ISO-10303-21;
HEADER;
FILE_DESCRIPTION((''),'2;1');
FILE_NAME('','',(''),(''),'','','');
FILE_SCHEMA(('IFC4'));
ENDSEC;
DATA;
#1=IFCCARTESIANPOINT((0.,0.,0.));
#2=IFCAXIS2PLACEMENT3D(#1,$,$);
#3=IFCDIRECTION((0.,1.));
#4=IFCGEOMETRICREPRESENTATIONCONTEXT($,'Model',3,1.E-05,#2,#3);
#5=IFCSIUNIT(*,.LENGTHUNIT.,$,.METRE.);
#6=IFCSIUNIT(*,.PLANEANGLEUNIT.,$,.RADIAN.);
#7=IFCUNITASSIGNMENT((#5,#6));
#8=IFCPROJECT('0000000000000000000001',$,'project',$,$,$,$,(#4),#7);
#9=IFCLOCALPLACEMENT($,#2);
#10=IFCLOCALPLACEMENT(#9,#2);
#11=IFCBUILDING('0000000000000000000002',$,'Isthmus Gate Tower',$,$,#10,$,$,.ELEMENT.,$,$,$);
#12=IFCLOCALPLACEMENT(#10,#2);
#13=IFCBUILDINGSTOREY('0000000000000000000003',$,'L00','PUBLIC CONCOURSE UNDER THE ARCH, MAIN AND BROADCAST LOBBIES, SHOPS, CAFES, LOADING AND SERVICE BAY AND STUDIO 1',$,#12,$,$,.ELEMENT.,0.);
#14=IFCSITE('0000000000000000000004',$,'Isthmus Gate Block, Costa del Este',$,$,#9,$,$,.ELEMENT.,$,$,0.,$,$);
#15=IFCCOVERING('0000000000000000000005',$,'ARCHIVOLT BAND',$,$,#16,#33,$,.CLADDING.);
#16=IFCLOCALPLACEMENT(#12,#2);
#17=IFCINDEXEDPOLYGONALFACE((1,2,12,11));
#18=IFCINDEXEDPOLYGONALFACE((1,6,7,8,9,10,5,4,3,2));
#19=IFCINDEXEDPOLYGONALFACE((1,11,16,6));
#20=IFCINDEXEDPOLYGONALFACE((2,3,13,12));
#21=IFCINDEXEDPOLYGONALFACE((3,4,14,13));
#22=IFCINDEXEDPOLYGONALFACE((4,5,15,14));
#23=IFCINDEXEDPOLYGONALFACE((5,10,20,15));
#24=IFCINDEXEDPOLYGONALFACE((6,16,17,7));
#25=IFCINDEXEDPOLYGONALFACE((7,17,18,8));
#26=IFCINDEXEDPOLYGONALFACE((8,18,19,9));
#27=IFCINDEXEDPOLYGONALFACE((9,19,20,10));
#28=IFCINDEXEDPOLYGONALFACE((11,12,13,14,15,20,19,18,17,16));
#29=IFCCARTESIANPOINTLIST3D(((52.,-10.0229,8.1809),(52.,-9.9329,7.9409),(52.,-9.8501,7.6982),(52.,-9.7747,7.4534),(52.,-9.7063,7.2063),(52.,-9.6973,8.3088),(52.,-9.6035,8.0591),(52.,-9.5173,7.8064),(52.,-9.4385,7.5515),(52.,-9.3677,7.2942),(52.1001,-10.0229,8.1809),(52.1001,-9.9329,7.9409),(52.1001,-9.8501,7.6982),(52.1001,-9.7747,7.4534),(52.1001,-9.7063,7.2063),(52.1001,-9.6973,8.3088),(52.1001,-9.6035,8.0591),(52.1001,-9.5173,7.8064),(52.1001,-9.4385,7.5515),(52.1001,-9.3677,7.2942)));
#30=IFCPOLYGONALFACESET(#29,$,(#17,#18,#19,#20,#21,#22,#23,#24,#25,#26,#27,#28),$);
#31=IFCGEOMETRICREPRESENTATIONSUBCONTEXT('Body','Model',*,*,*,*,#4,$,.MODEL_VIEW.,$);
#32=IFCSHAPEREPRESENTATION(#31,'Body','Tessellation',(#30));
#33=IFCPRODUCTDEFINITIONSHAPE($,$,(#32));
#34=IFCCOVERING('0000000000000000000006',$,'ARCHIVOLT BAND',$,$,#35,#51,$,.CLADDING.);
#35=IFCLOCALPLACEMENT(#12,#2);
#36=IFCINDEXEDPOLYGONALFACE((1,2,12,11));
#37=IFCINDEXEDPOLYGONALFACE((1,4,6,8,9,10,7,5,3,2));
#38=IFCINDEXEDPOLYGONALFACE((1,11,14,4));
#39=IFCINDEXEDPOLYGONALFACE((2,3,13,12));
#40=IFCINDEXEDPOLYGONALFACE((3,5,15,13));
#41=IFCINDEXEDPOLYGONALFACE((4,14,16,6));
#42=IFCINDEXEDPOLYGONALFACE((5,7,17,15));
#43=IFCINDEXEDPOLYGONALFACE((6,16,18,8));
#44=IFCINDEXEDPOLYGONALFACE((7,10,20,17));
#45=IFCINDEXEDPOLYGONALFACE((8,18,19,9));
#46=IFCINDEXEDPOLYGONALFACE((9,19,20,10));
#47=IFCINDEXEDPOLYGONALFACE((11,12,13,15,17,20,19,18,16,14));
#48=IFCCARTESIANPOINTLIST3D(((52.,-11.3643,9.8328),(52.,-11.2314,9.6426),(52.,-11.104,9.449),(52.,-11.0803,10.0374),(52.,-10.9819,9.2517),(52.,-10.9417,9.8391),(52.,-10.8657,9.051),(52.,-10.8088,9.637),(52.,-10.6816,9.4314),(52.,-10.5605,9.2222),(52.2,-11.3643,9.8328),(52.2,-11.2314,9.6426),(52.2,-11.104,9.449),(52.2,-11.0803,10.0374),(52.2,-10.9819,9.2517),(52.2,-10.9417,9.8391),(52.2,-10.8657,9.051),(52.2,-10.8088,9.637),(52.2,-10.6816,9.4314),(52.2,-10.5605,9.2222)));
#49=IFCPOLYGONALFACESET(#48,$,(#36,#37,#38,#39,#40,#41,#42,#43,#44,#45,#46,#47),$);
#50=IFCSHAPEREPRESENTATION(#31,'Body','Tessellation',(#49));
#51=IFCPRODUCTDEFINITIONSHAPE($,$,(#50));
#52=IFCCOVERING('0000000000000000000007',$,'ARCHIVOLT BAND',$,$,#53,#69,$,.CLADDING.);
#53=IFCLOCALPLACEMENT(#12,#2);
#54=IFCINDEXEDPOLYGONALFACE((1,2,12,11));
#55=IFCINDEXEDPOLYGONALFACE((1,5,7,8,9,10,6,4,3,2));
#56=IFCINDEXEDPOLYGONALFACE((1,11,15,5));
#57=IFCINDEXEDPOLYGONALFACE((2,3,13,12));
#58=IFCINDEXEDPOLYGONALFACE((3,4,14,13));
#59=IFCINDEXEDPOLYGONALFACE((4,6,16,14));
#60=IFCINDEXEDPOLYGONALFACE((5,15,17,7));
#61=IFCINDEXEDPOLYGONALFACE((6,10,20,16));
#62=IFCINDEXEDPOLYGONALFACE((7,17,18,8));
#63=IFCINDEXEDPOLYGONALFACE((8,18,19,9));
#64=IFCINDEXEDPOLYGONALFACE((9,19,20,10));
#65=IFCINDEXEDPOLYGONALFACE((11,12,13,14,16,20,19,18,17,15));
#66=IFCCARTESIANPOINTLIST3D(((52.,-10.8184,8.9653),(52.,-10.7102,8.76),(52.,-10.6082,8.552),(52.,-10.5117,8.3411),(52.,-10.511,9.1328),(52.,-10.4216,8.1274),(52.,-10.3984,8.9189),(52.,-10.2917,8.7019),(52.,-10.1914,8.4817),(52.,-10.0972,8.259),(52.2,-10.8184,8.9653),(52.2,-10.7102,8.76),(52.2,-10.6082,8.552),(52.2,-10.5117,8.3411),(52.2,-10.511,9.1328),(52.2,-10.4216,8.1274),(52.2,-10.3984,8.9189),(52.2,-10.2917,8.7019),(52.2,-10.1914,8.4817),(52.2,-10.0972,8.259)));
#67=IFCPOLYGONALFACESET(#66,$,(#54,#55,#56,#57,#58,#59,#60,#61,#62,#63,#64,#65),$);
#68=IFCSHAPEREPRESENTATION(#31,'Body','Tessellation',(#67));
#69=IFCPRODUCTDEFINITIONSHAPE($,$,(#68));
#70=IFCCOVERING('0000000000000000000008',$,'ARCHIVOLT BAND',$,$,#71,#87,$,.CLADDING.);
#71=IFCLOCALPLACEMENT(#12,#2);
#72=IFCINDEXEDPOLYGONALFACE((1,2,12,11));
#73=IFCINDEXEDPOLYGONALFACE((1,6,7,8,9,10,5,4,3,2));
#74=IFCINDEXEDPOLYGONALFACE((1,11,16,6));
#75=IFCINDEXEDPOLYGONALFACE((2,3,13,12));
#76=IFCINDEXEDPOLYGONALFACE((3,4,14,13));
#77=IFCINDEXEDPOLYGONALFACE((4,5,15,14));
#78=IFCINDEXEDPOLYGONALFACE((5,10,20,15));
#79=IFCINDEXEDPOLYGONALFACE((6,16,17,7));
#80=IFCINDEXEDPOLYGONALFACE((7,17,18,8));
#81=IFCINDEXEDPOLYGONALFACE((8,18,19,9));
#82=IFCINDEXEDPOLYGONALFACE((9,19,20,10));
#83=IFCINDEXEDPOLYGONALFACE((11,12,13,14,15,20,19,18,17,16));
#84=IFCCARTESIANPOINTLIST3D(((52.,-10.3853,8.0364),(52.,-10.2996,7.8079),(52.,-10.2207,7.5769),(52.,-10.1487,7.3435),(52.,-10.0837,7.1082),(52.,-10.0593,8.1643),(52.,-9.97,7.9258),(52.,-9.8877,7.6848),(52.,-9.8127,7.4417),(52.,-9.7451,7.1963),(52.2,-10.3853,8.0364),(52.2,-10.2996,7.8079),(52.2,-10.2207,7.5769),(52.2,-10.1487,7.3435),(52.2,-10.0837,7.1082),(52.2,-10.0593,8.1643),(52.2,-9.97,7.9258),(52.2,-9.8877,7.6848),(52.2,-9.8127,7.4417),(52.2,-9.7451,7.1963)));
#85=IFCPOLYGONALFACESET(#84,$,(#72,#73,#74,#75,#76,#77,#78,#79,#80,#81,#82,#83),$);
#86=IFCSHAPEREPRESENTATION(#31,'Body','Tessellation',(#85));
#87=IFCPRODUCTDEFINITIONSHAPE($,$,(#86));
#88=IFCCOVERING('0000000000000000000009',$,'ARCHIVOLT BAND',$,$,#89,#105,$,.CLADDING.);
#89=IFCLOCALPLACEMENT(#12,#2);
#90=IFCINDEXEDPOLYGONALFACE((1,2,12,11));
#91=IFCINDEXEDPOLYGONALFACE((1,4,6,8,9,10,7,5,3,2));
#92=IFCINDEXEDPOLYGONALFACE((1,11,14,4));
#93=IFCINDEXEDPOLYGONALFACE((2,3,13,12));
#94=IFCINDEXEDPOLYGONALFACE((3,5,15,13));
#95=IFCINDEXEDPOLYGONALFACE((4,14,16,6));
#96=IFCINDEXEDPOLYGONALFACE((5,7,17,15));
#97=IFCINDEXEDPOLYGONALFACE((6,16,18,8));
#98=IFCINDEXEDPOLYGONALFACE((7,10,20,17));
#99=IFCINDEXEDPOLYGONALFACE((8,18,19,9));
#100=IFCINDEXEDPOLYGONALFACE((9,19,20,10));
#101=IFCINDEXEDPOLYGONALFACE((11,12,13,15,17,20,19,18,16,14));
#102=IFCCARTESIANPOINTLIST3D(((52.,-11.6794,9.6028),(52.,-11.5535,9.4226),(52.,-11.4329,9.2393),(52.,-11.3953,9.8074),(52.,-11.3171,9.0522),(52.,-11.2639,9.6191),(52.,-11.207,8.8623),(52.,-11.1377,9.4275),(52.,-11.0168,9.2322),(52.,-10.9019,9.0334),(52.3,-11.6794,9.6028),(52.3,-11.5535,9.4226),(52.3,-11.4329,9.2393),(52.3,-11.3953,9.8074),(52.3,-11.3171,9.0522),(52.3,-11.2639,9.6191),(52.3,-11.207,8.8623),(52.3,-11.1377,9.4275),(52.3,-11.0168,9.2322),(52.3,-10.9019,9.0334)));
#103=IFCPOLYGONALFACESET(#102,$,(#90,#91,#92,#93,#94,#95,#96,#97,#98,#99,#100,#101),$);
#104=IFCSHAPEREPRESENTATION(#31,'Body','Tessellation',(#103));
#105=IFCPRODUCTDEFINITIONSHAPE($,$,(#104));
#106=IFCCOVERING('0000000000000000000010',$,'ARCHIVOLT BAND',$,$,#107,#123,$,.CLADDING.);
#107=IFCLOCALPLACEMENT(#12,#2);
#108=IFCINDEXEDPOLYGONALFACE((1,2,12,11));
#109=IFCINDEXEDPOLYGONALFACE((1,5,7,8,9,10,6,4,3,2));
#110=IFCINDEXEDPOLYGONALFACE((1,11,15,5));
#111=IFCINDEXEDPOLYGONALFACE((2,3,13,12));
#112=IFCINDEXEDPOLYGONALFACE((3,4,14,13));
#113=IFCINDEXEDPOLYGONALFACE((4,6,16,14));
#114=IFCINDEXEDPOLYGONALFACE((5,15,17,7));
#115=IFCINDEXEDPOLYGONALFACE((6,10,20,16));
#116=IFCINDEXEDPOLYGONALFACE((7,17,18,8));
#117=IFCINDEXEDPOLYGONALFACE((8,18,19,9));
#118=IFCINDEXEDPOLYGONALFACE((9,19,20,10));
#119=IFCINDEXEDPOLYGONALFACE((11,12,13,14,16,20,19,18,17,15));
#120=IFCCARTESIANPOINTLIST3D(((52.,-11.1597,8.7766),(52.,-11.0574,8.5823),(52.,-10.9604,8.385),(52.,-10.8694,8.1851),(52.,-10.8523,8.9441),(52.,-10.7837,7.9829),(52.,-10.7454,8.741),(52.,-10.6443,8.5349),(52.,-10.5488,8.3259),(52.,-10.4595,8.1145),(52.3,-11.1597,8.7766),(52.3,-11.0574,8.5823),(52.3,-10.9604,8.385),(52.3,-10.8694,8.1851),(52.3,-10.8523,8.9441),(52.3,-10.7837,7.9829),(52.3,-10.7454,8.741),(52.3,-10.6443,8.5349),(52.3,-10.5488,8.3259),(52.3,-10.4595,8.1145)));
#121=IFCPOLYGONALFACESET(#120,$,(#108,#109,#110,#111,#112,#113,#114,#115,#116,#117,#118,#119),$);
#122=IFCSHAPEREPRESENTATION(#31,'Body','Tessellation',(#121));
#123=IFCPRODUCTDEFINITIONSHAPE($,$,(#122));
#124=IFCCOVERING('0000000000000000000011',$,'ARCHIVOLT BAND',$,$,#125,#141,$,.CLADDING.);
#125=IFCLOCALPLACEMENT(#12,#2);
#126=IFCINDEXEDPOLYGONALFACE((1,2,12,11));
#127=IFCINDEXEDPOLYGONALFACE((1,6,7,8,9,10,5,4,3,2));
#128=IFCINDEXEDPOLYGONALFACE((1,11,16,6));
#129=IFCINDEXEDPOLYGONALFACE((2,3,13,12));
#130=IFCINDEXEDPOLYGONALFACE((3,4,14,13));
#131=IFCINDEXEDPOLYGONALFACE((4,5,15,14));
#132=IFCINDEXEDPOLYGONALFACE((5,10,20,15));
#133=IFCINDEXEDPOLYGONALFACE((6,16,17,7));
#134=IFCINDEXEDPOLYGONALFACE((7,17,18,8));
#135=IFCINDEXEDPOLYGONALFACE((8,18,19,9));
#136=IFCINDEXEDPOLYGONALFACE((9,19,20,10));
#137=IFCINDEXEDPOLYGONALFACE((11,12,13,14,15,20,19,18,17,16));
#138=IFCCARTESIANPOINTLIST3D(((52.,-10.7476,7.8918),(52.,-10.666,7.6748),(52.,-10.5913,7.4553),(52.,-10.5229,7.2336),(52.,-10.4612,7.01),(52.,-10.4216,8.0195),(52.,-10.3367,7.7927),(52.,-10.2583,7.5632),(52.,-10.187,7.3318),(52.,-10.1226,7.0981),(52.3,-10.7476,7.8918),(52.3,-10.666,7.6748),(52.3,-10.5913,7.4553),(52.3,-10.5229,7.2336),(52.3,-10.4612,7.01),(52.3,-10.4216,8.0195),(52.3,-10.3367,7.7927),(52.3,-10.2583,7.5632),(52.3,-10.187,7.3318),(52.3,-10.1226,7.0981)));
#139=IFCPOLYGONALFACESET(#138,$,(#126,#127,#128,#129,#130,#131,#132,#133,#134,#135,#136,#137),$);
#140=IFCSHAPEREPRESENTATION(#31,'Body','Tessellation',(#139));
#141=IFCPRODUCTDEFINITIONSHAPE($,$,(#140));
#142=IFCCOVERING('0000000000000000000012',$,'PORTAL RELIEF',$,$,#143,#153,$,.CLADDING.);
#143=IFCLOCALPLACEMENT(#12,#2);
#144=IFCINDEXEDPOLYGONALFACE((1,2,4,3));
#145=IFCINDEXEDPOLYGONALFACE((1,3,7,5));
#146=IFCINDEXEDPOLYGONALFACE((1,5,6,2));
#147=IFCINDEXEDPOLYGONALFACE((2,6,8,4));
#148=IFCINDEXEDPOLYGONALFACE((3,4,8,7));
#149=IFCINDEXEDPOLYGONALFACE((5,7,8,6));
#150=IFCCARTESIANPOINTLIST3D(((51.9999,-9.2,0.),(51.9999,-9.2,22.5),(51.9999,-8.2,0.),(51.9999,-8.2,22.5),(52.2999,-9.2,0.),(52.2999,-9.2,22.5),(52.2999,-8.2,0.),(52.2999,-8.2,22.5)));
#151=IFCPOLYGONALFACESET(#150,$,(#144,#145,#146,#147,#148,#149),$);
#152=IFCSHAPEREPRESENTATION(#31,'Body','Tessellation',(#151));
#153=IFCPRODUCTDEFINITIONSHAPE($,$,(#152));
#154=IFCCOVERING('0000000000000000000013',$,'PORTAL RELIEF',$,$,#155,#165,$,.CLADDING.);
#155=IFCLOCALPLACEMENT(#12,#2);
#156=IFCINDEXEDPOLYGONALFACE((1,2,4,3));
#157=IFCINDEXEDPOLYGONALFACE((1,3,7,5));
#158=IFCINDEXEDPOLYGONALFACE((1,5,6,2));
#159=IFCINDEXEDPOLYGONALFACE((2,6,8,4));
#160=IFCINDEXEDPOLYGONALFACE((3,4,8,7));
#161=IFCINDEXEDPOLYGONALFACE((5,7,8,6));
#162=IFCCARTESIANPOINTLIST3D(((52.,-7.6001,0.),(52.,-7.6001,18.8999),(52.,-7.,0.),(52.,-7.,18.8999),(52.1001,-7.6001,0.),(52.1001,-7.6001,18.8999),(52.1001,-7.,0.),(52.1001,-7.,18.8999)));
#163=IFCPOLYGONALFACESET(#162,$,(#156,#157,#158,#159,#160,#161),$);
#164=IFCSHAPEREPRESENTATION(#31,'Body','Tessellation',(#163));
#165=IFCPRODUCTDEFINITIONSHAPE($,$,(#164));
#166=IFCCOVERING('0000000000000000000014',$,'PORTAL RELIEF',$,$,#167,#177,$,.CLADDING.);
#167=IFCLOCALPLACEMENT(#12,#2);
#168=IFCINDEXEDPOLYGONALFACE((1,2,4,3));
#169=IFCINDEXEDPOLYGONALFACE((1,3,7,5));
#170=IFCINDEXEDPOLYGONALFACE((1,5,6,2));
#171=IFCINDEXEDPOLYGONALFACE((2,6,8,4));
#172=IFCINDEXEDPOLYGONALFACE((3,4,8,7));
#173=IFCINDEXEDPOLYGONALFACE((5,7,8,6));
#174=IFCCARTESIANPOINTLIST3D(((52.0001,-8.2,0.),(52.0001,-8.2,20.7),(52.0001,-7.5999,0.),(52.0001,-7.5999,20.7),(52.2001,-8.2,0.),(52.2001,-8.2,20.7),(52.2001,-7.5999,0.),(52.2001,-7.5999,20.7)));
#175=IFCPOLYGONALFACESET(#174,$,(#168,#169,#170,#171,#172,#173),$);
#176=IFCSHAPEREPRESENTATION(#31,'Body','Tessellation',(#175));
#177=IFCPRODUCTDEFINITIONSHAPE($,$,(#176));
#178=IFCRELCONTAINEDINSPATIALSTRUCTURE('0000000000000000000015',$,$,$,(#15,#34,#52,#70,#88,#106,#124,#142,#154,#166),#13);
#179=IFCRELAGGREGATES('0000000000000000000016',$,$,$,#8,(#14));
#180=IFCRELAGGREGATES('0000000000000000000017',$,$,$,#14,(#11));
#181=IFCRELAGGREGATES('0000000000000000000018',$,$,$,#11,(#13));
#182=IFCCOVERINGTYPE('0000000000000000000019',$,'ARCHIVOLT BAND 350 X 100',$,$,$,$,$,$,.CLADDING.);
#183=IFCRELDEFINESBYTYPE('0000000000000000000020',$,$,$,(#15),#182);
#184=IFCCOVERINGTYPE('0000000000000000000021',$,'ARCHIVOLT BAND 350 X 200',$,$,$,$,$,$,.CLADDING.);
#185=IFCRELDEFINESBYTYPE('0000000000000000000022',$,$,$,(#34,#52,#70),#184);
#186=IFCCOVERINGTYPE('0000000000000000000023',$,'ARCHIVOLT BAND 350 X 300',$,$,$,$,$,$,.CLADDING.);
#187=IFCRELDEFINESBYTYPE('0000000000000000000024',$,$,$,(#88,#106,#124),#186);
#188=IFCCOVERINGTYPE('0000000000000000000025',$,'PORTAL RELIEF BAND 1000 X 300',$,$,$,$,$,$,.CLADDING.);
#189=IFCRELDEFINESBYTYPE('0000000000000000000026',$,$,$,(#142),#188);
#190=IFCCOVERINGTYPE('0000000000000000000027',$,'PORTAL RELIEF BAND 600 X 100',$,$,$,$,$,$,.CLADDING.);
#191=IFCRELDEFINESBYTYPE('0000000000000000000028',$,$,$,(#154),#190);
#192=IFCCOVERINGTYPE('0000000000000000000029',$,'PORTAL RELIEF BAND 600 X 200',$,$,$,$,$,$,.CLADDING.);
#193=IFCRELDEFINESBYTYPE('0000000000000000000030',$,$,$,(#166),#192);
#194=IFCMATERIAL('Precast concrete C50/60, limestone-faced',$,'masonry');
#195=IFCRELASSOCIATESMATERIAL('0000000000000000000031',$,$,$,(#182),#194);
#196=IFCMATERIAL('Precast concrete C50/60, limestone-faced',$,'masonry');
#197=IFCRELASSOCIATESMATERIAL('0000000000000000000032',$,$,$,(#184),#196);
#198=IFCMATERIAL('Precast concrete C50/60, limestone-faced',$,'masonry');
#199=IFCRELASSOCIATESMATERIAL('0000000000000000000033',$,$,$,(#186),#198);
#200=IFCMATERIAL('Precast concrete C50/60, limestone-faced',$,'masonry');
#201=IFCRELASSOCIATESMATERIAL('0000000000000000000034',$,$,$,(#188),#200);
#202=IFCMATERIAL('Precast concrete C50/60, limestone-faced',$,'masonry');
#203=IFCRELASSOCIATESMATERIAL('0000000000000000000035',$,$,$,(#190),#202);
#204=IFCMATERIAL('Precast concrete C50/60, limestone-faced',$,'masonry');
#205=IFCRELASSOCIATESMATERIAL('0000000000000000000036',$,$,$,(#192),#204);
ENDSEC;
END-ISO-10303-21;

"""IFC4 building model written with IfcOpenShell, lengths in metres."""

from ifc_helpers import new_model, si_unit, direction, frame, origin, origin_2d, place, context, subcontext, project, spatial, polyline, rectangle, outline, extrude, material, type_object, element, save


model = new_model("IFC4")

# Units and contexts
model_context = context("Model", 3, precision=1e-05, world=origin(), true_north=direction((0.0, 1.0)))
body_context = subcontext(model_context, "Body", "Model", "MODEL_VIEW")
ifc_project = project(units=[si_unit("LENGTHUNIT", "METRE"), si_unit("PLANEANGLEUNIT", "RADIAN")], contexts=[model_context])

# Site, building, storey
site_placement = place(None, origin())
site = spatial("IfcSite", under=ifc_project, at=site_placement, Name="Isthmus Gate Block, Costa del Este", CompositionType="ELEMENT", RefElevation=0.0)
building_placement = place(site_placement, origin())
building = spatial("IfcBuilding", under=site, at=building_placement, Name="Isthmus Gate Tower", CompositionType="ELEMENT")
storey_placement = place(building_placement, origin())
storey = spatial("IfcBuildingStorey", under=building, at=storey_placement, Name="L00", Description="PUBLIC CONCOURSE UNDER THE ARCH, MAIN AND BROADCAST LOBBIES, SHOPS, CAFES, LOADING AND SERVICE BAY AND STUDIO 1", CompositionType="ELEMENT", Elevation=0.0)

# Coverings
ifc_material_1 = material(Name="Precast concrete C50/60, limestone-faced", Category="masonry")
covering_type_1 = type_object("IfcCoveringType", Name="ARCHIVOLT BAND 350 X 100", PredefinedType="CLADDING", material=ifc_material_1)
covering_1_placement = place(storey_placement, frame((52.1001, -10.0229, 8.1809), z_axis=(1.0, 0.0, 0.0), x_axis=(0.0, 0.351437, -0.936212)))
element("IfcCovering", 1, at=covering_1_placement, inside=storey, type_object=covering_type_1, Name="ARCHIVOLT BAND", PredefinedType="CLADDING", context=body_context, shape_type="SweptSolid", body=[
    extrude(outline(polyline([(0.0, 0.0), (0.2563, 0.0), (0.5126, -0.0078), (0.7684, -0.0232), (1.0237, -0.0461), (1.0604, 0.3018), (0.7947, 0.326), (0.5283, 0.3417), (0.2615, 0.3499), (-0.0053, 0.3499), (0.0, 0.0)])), origin(), (0.0, 0.0, -1.0), 0.1001),
])
ifc_material_2 = material(Name="Precast concrete C50/60, limestone-faced", Category="masonry")
covering_type_2 = type_object("IfcCoveringType", Name="ARCHIVOLT BAND 350 X 200", PredefinedType="CLADDING", material=ifc_material_2)
covering_2_placement = place(storey_placement, frame((52.2, -11.3643, 9.8328), z_axis=(1.0, 0.0, 0.0), x_axis=(0.0, 0.572544, -0.819874)))
element("IfcCovering", 2, at=covering_2_placement, inside=storey, type_object=covering_type_2, Name="ARCHIVOLT BAND", PredefinedType="CLADDING", context=body_context, shape_type="SweptSolid", body=[
    extrude(outline(polyline([(0.0, 0.0), (0.232, 0.0), (0.4637, -0.0064), (0.6953, -0.0192), (0.9264, -0.0388), (0.9608, 0.3093), (0.7199, 0.3299), (0.4785, 0.3433), (0.2368, 0.3501), (-0.0052, 0.3499), (0.0, 0.0)])), origin(), (0.0, 0.0, -1.0), 0.2),
])
covering_3_placement = place(storey_placement, frame((52.2, -10.8184, 8.9653), z_axis=(1.0, 0.0, 0.0), x_axis=(0.0, 0.46605, -0.884758)))
element("IfcCovering", 3, at=covering_3_placement, inside=storey, type_object=covering_type_2, Name="ARCHIVOLT BAND", PredefinedType="CLADDING", context=body_context, shape_type="SweptSolid", body=[
    extrude(outline(polyline([(0.0, 0.0), (0.2321, 0.0), (0.4637, -0.0067), (0.6952, -0.0196), (0.9262, -0.0395), (0.961, 0.3089), (0.7201, 0.3293), (0.4785, 0.3432), (0.2367, 0.3499), (-0.0049, 0.35), (0.0, 0.0)])), origin(), (0.0, 0.0, -1.0), 0.2),
])
covering_4_placement = place(storey_placement, frame((52.2, -10.3853, 8.0364), z_axis=(1.0, 0.0, 0.0), x_axis=(0.0, 0.351123, -0.936329)))
element("IfcCovering", 4, at=covering_4_placement, inside=storey, type_object=covering_type_2, Name="ARCHIVOLT BAND", PredefinedType="CLADDING", context=body_context, shape_type="SweptSolid", body=[
    extrude(outline(polyline([(0.0, 0.0), (0.2441, 0.0), (0.488, -0.0073), (0.7318, -0.0218), (0.975, -0.0436), (1.0114, 0.3044), (0.7579, 0.3272), (0.5039, 0.3424), (0.2494, 0.35), (-0.0053, 0.3501), (0.0, 0.0)])), origin(), (0.0, 0.0, -1.0), 0.2),
])
ifc_material_3 = material(Name="Precast concrete C50/60, limestone-faced", Category="masonry")
covering_type_3 = type_object("IfcCoveringType", Name="ARCHIVOLT BAND 350 X 300", PredefinedType="CLADDING", material=ifc_material_3)
covering_5_placement = place(storey_placement, frame((52.3, -11.6794, 9.6028), z_axis=(1.0, 0.0, 0.0), x_axis=(0.0, 0.573015, -0.819545)))
element("IfcCovering", 5, at=covering_5_placement, inside=storey, type_object=covering_type_3, Name="ARCHIVOLT BAND", PredefinedType="CLADDING", context=body_context, shape_type="SweptSolid", body=[
    extrude(outline(polyline([(0.0, 0.0), (0.2198, 0.0), (0.4392, -0.0062), (0.6588, -0.0185), (0.8776, -0.0371), (0.9122, 0.311), (0.6834, 0.3307), (0.4541, 0.3435), (0.2247, 0.3499), (-0.0048, 0.3501), (0.0, 0.0)])), origin(), (0.0, 0.0, -1.0), 0.3),
])
covering_6_placement = place(storey_placement, frame((52.3, -11.1597, 8.7766), z_axis=(1.0, 0.0, 0.0), x_axis=(0.0, 0.465792, -0.884894)))
element("IfcCovering", 6, at=covering_6_placement, inside=storey, type_object=covering_type_3, Name="ARCHIVOLT BAND", PredefinedType="CLADDING", context=body_context, shape_type="SweptSolid", body=[
    extrude(outline(polyline([(0.0, 0.0), (0.2196, 0.0), (0.4393, -0.0061), (0.6587, -0.0187), (0.8775, -0.037), (0.912, 0.3112), (0.6833, 0.3306), (0.4539, 0.3435), (0.2245, 0.35), (-0.005, 0.35), (0.0, 0.0)])), origin(), (0.0, 0.0, -1.0), 0.3),
])
covering_7_placement = place(storey_placement, frame((52.3, -10.7476, 7.8918), z_axis=(1.0, 0.0, 0.0), x_axis=(0.0, 0.3517, -0.936113)))
element("IfcCovering", 7, at=covering_7_placement, inside=storey, type_object=covering_type_3, Name="ARCHIVOLT BAND", PredefinedType="CLADDING", context=body_context, shape_type="SweptSolid", body=[
    extrude(outline(polyline([(0.0, 0.0), (0.2319, 0.0), (0.4636, -0.0073), (0.6951, -0.0212), (0.9262, -0.0421), (0.9628, 0.3059), (0.7214, 0.3278), (0.4797, 0.3424), (0.2373, 0.3498), (-0.0049, 0.35), (0.0, 0.0)])), origin(), (0.0, 0.0, -1.0), 0.3),
])
ifc_material_4 = material(Name="Precast concrete C50/60, limestone-faced", Category="masonry")
covering_type_4 = type_object("IfcCoveringType", Name="PORTAL RELIEF BAND 1000 X 300", PredefinedType="CLADDING", material=ifc_material_4)
covering_8_placement = place(storey_placement, frame((52.1499, -8.7, 0.0), z_axis=(0.0, 0.0, 1.0), x_axis=(1.0, 0.0, 0.0)))
element("IfcCovering", 8, at=covering_8_placement, inside=storey, type_object=covering_type_4, Name="PORTAL RELIEF", PredefinedType="CLADDING", context=body_context, shape_type="SweptSolid", body=[
    extrude(rectangle(XDim=0.3, YDim=1.0, at=origin_2d()), origin(), (0.0, 0.0, 1.0), 22.5),
])
ifc_material_5 = material(Name="Precast concrete C50/60, limestone-faced", Category="masonry")
covering_type_5 = type_object("IfcCoveringType", Name="PORTAL RELIEF BAND 600 X 100", PredefinedType="CLADDING", material=ifc_material_5)
covering_9_placement = place(storey_placement, frame((52.05, -7.3, 0.0), z_axis=(0.0, 0.0, 1.0), x_axis=(1.0, 0.0, 0.0)))
element("IfcCovering", 9, at=covering_9_placement, inside=storey, type_object=covering_type_5, Name="PORTAL RELIEF", PredefinedType="CLADDING", context=body_context, shape_type="SweptSolid", body=[
    extrude(rectangle(XDim=0.1001, YDim=0.6001, at=origin_2d()), origin(), (0.0, 0.0, 1.0), 18.8999),
])
ifc_material_6 = material(Name="Precast concrete C50/60, limestone-faced", Category="masonry")
covering_type_6 = type_object("IfcCoveringType", Name="PORTAL RELIEF BAND 600 X 200", PredefinedType="CLADDING", material=ifc_material_6)
covering_10_placement = place(storey_placement, frame((52.1001, -7.8999, 0.0), z_axis=(0.0, 0.0, 1.0), x_axis=(1.0, 0.0, 0.0)))
element("IfcCovering", 10, at=covering_10_placement, inside=storey, type_object=covering_type_6, Name="PORTAL RELIEF", PredefinedType="CLADDING", context=body_context, shape_type="SweptSolid", body=[
    extrude(rectangle(XDim=0.2, YDim=0.6001, at=origin_2d()), origin(), (0.0, 0.0, 1.0), 20.7),
])

save(model, "model.ifc")
